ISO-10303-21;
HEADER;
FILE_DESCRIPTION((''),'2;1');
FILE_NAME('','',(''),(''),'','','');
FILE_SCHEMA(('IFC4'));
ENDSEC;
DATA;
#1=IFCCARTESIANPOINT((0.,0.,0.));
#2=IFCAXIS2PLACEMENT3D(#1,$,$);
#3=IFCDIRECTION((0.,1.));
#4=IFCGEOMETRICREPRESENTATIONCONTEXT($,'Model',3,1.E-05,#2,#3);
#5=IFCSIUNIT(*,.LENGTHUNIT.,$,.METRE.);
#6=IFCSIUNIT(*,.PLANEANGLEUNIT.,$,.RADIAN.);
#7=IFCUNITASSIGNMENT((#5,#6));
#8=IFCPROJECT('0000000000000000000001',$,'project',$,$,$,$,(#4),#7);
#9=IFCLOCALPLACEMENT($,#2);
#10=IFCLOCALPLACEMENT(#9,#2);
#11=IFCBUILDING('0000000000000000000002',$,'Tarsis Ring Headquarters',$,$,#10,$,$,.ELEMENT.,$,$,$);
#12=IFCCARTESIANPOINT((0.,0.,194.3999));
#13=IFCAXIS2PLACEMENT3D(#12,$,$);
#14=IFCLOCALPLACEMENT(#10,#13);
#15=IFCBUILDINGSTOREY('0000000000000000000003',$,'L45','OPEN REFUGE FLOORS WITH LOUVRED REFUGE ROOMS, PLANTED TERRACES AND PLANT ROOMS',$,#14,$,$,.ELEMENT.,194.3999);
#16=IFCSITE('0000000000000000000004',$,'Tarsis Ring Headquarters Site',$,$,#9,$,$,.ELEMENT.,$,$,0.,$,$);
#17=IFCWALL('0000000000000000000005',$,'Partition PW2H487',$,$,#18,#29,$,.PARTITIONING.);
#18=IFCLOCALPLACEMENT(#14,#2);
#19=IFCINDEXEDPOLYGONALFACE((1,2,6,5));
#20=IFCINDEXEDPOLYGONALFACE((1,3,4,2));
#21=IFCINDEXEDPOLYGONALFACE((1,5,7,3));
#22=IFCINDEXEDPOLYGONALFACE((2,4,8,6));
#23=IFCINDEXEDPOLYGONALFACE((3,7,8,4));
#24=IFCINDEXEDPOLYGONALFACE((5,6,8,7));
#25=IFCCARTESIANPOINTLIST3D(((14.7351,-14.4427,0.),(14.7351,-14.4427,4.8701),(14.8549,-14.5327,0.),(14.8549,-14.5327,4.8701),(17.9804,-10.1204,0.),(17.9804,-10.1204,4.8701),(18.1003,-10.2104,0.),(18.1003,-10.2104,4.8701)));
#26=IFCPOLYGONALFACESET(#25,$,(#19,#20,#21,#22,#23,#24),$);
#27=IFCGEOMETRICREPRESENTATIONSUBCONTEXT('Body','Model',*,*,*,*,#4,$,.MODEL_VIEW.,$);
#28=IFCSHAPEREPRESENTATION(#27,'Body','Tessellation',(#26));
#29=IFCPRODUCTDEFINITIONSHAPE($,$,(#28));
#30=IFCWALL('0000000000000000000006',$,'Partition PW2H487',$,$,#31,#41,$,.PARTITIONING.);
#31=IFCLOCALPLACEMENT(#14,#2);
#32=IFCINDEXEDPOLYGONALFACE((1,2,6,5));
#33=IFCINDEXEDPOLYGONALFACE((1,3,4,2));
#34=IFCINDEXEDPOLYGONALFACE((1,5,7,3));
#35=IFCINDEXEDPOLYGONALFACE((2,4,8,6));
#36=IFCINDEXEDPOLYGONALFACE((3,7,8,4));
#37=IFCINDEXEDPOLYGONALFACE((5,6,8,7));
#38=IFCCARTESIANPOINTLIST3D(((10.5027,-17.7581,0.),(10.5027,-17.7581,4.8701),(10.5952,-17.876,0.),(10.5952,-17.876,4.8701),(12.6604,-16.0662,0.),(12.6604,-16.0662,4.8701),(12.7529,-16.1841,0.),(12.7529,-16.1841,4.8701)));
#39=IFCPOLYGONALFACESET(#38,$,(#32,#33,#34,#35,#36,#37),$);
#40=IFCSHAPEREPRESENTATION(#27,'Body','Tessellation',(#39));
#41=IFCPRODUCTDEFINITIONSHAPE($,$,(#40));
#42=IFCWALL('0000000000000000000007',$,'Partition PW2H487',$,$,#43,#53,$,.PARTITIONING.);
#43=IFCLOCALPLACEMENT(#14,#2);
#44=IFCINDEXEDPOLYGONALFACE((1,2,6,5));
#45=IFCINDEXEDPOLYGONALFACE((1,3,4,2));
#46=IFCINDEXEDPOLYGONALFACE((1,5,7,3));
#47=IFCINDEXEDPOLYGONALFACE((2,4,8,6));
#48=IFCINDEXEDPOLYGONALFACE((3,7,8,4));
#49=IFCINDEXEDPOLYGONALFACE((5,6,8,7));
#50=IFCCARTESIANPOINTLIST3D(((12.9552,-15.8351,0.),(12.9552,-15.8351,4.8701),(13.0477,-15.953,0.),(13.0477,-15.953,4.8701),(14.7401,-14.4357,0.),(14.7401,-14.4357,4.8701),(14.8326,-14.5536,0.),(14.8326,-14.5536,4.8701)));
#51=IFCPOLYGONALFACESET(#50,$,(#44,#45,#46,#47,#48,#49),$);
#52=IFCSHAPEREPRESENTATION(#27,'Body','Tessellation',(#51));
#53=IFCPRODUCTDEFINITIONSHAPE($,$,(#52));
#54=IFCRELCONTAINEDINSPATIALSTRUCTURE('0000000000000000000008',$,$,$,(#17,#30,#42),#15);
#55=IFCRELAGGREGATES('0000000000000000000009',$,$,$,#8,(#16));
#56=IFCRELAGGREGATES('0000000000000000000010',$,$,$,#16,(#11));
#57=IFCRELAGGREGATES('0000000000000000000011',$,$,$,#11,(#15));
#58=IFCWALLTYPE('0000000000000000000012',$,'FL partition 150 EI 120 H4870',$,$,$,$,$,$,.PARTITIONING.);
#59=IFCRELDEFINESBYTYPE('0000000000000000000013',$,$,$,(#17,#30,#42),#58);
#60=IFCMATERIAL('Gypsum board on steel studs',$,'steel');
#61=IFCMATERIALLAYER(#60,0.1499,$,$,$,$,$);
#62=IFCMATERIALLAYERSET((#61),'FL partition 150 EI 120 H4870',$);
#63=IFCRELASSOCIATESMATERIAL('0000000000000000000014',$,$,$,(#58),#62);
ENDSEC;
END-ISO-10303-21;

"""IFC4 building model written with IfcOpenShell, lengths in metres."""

from ifc_helpers import new_model, si_unit, direction, frame, frame_2d, origin, place, context, subcontext, project, spatial, rectangle, extrude, material, layer, layer_set, type_object, element, save


model = new_model("IFC4")

# Units and contexts
model_context = context("Model", 3, precision=1e-05, world=origin(), true_north=direction((0.0, 1.0)))
body_context = subcontext(model_context, "Body", "Model", "MODEL_VIEW")
ifc_project = project(units=[si_unit("LENGTHUNIT", "METRE"), si_unit("PLANEANGLEUNIT", "RADIAN")], contexts=[model_context])

# Site, building, storey
site_placement = place(None, origin())
site = spatial("IfcSite", under=ifc_project, at=site_placement, Name="Tarsis Ring Headquarters Site", CompositionType="ELEMENT", RefElevation=0.0)
building_placement = place(site_placement, origin())
building = spatial("IfcBuilding", under=site, at=building_placement, Name="Tarsis Ring Headquarters", CompositionType="ELEMENT")
storey_placement = place(building_placement, frame((0.0, 0.0, 194.3999)))
storey = spatial("IfcBuildingStorey", under=building, at=storey_placement, Name="L45", Description="OPEN REFUGE FLOORS WITH LOUVRED REFUGE ROOMS, PLANTED TERRACES AND PLANT ROOMS", CompositionType="ELEMENT", Elevation=194.3999)

# Walls
ifc_material_1 = material(Name="Gypsum board on steel studs", Category="steel")
ifc_layer_1 = layer(ifc_material_1, 0.1499)
ifc_layer_set_1 = layer_set([ifc_layer_1], Name="FL partition 150 EI 120 H4870")
wall_type_1 = type_object("IfcWallType", Name="FL partition 150 EI 120 H4870", PredefinedType="PARTITIONING", material=ifc_layer_set_1)
wall_1_placement = place(storey_placement, frame((14.7949, -14.4878, 0.0), z_axis=(0.0, 0.0, 1.0), x_axis=(0.600434, 0.799675, 0.0)))
element("IfcWall", 1, at=wall_1_placement, inside=storey, type_object=wall_type_1, Name="Partition PW2H487", PredefinedType="PARTITIONING", context=body_context, shape_type="SweptSolid", body=[
    extrude(rectangle(XDim=5.405, YDim=0.1499, at=frame_2d((2.7026, 0.0))), origin(), (0.0, 0.0, 1.0), 4.8701),
])
wall_2_placement = place(storey_placement, frame((10.5488, -17.8171, 0.0), z_axis=(0.0, 0.0, 1.0), x_axis=(0.78693, 0.617043, 0.0)))
element("IfcWall", 2, at=wall_2_placement, inside=storey, type_object=wall_type_1, Name="Partition PW2H487", PredefinedType="PARTITIONING", context=body_context, shape_type="SweptSolid", body=[
    extrude(rectangle(XDim=2.7419, YDim=0.1499, at=frame_2d((1.3711, 0.0))), origin(), (0.0, 0.0, 1.0), 4.8701),
])
wall_3_placement = place(storey_placement, frame((13.0015, -15.894, 0.0), z_axis=(0.0, 0.0, 1.0), x_axis=(0.786964, 0.616999, 0.0)))
element("IfcWall", 3, at=wall_3_placement, inside=storey, type_object=wall_type_1, Name="Partition PW2H487", PredefinedType="PARTITIONING", context=body_context, shape_type="SweptSolid", body=[
    extrude(rectangle(XDim=2.2681, YDim=0.1499, at=frame_2d((1.134, 0.0))), origin(), (0.0, 0.0, 1.0), 4.8701),
])

save(model, "model.ifc")
